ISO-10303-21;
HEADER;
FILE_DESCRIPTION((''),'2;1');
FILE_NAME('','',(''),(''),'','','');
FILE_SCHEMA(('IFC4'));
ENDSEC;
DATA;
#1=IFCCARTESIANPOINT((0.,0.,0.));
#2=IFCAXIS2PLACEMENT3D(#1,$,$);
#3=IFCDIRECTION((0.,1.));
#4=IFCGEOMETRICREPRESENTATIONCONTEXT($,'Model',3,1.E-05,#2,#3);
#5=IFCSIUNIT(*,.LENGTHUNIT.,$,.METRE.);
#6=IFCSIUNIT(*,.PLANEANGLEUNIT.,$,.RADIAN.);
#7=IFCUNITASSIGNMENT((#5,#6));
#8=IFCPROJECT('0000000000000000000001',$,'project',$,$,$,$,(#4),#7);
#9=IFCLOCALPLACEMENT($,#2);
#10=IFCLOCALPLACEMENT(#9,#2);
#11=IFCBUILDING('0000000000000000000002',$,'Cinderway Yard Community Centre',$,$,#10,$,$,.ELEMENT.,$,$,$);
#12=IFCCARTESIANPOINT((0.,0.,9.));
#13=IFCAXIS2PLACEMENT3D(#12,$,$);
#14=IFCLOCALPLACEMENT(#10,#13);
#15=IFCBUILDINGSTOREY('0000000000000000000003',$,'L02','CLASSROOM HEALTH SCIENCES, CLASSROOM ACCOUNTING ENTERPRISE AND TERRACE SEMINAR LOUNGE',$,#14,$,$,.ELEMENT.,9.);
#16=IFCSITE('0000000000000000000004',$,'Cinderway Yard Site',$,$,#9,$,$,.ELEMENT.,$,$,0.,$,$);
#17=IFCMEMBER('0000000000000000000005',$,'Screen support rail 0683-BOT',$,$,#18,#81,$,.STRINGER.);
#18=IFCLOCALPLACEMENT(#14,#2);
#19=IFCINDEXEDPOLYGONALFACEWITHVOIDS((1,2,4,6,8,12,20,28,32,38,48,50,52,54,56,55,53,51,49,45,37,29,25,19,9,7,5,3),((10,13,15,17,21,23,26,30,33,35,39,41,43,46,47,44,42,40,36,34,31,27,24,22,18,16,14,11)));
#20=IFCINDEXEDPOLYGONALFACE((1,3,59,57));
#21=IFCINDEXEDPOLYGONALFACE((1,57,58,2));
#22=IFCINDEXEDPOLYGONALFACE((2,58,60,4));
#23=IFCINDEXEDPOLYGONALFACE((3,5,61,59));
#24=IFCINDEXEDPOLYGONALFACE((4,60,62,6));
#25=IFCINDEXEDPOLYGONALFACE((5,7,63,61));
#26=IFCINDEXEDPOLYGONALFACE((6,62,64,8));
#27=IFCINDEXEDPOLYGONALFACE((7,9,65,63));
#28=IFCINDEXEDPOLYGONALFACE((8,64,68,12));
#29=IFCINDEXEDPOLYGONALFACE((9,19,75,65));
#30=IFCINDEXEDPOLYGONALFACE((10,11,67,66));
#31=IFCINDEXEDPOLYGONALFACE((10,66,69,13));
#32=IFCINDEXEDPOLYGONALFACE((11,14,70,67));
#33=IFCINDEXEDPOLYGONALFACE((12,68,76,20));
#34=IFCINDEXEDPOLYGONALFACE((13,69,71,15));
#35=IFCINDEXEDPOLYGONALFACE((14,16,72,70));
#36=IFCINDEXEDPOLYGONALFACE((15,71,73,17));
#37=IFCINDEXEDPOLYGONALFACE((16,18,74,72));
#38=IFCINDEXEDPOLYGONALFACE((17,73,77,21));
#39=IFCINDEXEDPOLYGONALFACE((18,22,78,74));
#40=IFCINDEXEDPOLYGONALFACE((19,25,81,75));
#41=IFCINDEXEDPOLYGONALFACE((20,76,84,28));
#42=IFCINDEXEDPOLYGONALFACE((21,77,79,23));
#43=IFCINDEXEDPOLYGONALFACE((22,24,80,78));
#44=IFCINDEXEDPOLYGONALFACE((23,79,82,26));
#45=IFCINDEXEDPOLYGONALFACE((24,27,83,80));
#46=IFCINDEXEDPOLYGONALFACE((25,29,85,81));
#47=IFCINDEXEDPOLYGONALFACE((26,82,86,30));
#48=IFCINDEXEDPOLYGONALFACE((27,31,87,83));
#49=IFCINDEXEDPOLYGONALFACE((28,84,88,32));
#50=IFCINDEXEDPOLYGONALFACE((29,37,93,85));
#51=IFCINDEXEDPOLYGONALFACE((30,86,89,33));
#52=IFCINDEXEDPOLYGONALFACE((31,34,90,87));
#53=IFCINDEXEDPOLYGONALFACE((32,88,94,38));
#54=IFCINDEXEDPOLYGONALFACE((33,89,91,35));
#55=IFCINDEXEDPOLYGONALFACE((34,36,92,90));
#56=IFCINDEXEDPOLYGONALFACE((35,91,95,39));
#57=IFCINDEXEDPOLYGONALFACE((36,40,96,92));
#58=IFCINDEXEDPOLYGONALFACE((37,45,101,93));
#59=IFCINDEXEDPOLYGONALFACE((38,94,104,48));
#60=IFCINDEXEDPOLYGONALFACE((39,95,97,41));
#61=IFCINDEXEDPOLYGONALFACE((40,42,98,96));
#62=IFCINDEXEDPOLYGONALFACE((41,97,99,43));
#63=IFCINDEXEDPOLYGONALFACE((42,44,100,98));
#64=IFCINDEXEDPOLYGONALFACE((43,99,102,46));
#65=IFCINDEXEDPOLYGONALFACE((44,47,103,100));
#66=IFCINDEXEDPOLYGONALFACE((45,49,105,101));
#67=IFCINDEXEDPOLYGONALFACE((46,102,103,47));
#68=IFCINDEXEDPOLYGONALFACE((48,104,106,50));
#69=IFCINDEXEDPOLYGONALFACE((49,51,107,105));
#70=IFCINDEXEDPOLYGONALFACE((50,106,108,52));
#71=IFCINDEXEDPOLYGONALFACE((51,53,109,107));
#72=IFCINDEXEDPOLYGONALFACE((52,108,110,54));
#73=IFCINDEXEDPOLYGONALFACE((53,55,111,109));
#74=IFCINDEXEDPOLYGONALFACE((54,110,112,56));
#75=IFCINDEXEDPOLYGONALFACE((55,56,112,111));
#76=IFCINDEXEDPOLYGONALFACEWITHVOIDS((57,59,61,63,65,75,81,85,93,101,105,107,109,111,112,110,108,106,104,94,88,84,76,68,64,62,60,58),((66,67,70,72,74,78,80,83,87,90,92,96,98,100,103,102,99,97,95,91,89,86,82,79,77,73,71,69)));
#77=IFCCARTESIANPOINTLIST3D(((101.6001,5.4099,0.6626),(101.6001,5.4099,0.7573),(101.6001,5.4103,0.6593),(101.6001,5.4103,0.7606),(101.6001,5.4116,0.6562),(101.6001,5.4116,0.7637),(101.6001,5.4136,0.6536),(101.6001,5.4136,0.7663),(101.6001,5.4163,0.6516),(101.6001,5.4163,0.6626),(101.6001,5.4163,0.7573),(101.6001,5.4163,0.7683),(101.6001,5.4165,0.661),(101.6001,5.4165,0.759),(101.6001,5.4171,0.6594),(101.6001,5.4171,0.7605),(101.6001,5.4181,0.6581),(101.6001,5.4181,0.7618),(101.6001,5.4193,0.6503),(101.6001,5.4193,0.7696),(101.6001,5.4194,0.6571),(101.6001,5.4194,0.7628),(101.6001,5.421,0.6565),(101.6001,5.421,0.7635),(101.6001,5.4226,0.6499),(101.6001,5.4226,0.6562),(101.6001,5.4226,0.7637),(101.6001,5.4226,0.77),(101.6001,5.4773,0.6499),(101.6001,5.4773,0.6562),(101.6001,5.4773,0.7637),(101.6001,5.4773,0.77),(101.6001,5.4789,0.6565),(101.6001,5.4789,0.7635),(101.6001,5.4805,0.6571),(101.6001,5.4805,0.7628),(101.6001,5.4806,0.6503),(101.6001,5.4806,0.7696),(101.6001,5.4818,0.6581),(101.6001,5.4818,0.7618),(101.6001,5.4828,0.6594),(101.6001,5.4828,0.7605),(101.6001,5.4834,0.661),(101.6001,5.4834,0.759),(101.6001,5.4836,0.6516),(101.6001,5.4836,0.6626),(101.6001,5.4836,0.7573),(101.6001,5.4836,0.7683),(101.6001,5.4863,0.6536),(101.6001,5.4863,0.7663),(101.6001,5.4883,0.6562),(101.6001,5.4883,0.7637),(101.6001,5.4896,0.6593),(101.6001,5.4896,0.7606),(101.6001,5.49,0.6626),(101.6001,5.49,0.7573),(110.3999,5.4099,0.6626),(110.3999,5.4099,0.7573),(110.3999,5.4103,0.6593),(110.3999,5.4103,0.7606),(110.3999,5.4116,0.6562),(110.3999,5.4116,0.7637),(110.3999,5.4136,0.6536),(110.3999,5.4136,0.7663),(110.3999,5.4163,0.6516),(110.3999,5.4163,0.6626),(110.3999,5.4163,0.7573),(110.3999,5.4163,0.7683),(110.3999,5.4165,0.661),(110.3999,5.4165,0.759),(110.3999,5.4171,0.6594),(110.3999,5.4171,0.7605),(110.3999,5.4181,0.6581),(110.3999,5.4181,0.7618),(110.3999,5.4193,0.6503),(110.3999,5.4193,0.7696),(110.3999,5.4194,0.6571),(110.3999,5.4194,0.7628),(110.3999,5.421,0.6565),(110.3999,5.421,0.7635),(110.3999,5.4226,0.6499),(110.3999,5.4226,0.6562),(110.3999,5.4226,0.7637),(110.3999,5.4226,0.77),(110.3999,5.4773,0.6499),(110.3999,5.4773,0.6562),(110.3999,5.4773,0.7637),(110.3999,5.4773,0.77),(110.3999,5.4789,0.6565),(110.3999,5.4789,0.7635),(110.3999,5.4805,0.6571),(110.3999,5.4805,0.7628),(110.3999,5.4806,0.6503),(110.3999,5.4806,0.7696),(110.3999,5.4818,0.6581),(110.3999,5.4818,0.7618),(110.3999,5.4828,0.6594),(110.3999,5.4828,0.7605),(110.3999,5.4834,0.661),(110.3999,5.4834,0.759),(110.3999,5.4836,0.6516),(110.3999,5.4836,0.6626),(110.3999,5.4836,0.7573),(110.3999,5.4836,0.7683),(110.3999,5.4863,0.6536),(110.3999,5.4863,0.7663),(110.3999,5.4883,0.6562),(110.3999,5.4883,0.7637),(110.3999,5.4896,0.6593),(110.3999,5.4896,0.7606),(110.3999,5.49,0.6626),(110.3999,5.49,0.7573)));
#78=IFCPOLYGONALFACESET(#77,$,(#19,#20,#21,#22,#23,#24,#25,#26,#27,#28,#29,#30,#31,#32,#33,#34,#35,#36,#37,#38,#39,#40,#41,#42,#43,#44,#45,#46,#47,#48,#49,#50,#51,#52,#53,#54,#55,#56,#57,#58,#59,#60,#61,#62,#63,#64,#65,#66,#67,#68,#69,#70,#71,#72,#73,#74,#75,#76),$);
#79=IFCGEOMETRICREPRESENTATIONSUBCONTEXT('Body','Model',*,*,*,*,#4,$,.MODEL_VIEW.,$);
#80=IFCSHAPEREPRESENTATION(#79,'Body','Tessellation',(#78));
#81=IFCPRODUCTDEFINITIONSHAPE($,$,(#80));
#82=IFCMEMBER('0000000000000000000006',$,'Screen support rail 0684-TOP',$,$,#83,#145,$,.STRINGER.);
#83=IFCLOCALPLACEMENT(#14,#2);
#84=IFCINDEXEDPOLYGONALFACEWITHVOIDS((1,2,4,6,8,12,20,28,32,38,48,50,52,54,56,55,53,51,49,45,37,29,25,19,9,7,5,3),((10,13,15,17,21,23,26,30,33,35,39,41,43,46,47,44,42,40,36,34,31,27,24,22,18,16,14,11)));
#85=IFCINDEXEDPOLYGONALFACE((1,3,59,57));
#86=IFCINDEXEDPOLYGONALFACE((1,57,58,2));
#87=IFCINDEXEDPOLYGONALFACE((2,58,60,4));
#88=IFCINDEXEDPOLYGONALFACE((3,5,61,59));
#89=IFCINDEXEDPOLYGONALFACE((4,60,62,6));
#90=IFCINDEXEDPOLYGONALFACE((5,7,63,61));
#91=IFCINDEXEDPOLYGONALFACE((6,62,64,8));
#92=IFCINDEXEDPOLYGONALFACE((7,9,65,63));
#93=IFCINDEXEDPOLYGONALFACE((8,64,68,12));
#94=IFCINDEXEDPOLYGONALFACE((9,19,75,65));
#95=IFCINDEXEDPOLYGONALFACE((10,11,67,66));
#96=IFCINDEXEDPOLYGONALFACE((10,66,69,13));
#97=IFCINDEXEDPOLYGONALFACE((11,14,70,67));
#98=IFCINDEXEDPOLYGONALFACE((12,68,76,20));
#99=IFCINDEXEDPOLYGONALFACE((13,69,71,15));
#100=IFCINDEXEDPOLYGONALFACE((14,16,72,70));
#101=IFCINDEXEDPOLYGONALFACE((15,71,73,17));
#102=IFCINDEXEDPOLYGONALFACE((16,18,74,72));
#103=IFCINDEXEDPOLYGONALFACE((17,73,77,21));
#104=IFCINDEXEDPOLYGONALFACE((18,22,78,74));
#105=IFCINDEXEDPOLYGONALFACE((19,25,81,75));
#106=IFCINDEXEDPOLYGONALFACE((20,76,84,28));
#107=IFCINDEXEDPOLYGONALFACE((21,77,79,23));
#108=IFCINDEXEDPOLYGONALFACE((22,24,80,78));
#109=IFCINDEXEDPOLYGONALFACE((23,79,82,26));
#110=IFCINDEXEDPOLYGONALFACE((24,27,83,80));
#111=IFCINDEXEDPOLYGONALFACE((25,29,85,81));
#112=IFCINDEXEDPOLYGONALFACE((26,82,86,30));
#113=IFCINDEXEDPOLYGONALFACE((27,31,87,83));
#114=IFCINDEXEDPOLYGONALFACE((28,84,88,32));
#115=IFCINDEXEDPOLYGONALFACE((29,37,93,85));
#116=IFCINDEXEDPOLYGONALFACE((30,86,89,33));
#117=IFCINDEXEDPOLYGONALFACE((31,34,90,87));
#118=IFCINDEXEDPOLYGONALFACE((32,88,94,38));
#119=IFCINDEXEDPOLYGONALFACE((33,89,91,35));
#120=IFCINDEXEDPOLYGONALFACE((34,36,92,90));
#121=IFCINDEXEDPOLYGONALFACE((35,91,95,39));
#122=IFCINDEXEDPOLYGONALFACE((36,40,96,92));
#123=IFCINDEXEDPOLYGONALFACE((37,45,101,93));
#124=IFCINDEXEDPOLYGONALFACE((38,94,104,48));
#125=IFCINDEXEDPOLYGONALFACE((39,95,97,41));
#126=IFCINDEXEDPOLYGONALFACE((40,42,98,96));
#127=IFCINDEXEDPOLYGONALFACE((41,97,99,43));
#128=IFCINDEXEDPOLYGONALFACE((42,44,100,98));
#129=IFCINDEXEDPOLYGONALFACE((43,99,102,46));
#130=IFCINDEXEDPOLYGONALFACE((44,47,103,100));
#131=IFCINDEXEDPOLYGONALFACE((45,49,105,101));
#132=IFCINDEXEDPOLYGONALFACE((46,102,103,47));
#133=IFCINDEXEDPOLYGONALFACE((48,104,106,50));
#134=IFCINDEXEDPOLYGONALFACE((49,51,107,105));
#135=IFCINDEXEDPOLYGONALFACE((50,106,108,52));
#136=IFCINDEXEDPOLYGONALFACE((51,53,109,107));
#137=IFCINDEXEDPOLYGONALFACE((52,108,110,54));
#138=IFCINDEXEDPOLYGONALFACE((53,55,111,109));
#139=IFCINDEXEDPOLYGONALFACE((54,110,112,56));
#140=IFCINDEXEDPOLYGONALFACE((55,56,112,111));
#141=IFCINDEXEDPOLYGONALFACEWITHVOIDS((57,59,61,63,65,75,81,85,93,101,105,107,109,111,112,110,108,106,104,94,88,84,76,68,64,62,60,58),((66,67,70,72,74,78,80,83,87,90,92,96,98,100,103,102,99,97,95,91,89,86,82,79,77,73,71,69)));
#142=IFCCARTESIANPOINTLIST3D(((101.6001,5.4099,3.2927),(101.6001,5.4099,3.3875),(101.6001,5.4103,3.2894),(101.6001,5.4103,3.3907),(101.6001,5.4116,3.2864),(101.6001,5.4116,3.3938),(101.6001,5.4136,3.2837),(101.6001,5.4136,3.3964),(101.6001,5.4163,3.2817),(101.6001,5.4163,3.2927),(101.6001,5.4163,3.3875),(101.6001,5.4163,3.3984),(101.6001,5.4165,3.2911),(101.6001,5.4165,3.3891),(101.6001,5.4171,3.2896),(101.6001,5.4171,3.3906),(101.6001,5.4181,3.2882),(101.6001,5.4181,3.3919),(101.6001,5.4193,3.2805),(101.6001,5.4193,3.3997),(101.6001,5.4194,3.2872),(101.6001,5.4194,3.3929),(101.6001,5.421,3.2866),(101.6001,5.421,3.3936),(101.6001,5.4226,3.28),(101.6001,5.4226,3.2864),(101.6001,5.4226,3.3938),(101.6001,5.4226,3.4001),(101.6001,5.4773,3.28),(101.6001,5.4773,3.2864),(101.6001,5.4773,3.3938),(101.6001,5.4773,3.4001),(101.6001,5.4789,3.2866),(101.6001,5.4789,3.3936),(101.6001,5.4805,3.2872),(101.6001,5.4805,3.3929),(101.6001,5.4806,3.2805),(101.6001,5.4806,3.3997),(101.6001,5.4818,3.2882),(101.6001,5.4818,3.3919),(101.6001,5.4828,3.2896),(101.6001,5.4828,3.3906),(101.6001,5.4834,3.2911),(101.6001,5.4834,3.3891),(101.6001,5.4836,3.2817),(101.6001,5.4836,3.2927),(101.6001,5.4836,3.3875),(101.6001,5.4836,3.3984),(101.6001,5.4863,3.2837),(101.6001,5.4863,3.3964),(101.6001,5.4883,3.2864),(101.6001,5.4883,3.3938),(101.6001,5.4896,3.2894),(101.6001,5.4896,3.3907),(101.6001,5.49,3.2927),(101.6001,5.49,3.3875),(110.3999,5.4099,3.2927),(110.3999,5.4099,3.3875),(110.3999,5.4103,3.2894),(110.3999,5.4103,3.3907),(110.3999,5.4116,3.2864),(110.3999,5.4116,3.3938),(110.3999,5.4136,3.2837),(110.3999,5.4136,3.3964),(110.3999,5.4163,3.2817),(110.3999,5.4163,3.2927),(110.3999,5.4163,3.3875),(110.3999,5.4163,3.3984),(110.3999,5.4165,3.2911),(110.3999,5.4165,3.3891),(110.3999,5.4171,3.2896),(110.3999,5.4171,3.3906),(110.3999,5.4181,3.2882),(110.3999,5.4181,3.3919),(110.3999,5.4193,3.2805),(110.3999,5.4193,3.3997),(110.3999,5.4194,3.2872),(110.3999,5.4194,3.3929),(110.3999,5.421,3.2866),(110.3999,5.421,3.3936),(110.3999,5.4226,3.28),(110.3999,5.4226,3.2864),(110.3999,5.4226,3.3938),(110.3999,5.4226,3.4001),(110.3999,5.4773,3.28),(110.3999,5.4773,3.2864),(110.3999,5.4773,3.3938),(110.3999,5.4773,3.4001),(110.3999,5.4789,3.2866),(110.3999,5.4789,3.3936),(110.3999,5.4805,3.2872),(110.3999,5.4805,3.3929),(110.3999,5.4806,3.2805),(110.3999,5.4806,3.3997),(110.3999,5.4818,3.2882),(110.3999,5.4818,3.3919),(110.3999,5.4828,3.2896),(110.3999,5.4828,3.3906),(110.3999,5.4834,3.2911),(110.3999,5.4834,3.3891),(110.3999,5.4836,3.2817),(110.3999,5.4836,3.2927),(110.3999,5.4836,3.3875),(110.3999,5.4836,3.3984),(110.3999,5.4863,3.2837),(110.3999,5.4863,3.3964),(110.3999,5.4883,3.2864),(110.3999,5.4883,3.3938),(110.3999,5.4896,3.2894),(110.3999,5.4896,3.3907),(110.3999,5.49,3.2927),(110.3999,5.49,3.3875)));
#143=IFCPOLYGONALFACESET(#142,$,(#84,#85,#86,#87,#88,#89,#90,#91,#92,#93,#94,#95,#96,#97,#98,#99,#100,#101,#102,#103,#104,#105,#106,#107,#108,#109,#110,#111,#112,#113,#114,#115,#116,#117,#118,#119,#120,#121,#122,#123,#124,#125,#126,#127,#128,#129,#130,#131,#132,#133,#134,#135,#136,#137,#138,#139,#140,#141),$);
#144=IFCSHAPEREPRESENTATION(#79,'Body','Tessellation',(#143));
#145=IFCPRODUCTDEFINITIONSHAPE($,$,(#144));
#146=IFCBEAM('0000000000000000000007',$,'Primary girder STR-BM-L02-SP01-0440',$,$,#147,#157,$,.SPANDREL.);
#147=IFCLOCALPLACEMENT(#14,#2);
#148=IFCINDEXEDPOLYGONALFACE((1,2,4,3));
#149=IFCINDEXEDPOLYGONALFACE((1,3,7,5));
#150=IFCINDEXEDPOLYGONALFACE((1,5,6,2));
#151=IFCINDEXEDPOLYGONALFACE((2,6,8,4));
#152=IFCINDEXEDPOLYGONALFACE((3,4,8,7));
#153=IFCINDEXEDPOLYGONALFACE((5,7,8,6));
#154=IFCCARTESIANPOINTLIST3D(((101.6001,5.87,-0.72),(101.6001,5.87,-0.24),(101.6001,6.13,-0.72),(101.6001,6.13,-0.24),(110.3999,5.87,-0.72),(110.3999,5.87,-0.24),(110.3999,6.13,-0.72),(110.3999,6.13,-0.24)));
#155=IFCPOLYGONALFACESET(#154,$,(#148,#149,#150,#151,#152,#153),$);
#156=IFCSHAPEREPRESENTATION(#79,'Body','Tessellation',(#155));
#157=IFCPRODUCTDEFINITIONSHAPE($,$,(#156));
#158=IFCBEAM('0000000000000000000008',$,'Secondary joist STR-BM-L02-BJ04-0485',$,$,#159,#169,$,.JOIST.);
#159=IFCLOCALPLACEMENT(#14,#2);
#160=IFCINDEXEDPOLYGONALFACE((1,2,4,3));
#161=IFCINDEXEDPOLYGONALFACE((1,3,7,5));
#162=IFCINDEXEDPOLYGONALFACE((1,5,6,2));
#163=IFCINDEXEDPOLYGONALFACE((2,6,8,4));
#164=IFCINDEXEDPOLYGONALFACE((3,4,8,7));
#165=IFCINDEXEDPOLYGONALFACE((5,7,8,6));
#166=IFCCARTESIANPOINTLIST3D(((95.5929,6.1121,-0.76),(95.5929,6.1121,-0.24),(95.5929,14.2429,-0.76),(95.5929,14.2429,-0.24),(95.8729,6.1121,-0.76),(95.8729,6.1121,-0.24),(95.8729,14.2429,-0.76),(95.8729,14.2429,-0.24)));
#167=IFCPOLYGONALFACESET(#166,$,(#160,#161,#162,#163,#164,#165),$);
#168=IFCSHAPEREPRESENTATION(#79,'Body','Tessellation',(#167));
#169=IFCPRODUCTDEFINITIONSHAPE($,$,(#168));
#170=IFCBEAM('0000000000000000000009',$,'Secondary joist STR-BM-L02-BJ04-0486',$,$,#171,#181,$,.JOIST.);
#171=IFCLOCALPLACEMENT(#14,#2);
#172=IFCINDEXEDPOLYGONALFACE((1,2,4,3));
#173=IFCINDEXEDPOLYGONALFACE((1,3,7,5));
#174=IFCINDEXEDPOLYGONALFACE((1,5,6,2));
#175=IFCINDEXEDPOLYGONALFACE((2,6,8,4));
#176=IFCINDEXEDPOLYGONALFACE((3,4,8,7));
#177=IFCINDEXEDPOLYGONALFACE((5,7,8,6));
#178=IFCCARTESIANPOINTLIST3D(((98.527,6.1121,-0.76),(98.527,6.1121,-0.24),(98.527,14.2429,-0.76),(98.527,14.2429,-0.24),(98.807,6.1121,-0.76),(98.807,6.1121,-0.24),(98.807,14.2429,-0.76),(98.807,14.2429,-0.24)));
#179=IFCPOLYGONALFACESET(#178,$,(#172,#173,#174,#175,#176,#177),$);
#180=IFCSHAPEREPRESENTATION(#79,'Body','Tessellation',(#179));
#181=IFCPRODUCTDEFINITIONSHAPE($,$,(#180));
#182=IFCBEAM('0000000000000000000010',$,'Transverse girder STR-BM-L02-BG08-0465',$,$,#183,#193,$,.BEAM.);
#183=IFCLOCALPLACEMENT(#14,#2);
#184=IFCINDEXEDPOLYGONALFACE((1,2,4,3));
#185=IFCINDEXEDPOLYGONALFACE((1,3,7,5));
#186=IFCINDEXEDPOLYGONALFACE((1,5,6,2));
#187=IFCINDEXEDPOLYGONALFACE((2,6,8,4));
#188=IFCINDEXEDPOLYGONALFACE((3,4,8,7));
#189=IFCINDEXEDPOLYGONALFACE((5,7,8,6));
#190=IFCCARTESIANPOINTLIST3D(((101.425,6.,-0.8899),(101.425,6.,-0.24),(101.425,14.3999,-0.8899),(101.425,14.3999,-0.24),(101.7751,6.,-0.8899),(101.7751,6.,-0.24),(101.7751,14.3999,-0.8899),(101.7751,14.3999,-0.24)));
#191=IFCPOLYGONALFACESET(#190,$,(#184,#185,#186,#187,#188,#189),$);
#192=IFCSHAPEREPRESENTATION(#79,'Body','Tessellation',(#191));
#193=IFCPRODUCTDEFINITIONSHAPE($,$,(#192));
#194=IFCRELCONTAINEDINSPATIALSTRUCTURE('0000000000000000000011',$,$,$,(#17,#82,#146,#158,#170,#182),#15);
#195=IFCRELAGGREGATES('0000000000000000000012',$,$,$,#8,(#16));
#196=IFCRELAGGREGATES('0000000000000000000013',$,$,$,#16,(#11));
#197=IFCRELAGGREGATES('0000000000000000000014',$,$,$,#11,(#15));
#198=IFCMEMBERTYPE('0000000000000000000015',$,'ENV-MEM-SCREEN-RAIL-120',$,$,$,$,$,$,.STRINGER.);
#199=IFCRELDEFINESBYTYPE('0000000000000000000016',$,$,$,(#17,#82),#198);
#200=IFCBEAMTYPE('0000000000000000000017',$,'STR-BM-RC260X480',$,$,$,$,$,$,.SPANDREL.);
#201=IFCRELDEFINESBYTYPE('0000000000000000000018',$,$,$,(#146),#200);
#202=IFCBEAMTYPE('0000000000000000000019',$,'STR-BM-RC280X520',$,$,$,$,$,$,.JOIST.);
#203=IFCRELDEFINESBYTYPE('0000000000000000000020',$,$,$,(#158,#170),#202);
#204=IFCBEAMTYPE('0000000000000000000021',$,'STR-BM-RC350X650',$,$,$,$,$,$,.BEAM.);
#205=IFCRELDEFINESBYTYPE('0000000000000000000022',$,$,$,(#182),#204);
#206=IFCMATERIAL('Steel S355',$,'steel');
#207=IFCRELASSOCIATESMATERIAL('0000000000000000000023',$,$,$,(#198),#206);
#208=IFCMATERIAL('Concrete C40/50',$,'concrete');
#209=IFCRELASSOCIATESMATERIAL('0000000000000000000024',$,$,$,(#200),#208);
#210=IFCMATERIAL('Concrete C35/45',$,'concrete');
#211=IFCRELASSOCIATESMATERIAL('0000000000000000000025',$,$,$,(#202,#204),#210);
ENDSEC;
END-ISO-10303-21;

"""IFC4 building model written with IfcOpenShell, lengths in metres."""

from ifc_helpers import new_model, si_unit, direction, frame, origin, origin_2d, place, context, subcontext, project, spatial, rectangle, hollow_rectangle, extrude, material, material_profile, profile_set, type_object, element, save


model = new_model("IFC4")

# Units and contexts
model_context = context("Model", 3, precision=1e-05, world=origin(), true_north=direction((0.0, 1.0)))
body_context = subcontext(model_context, "Body", "Model", "MODEL_VIEW")
ifc_project = project(units=[si_unit("LENGTHUNIT", "METRE"), si_unit("PLANEANGLEUNIT", "RADIAN")], contexts=[model_context])

# Site, building, storey
site_placement = place(None, origin())
site = spatial("IfcSite", under=ifc_project, at=site_placement, Name="Cinderway Yard Site", CompositionType="ELEMENT", RefElevation=0.0)
building_placement = place(site_placement, origin())
building = spatial("IfcBuilding", under=site, at=building_placement, Name="Cinderway Yard Community Centre", CompositionType="ELEMENT")
storey_placement = place(building_placement, frame((0.0, 0.0, 9.0)))
storey = spatial("IfcBuildingStorey", under=building, at=storey_placement, Name="L02", Description="CLASSROOM HEALTH SCIENCES, CLASSROOM ACCOUNTING ENTERPRISE AND TERRACE SEMINAR LOUNGE", CompositionType="ELEMENT", Elevation=9.0)

# Shared definitions
ifc_material_1 = material(Name="Concrete C40/50", Category="concrete")

# Members
ifc_material_2 = material(Name="Steel S355", Category="steel")
ifc_material_profile_1 = material_profile(ifc_material_2, hollow_rectangle(XDim=0.0801, YDim=0.1201, WallThickness=0.0063, InnerFilletRadius=0.0063, OuterFilletRadius=0.0127, at=origin_2d()), Name="Steel S355")
ifc_profile_set_1 = profile_set([ifc_material_profile_1], Name="Steel S355")
member_type = type_object("IfcMemberType", Name="ENV-MEM-SCREEN-RAIL-120", PredefinedType="STRINGER", material=ifc_profile_set_1)
for number, where, z_axis, x_axis, name in (
    (1, (101.6001, 5.45, 0.71), (1.0, 0.0, 0.0), (0.0, 1.0, 0.0), "Screen support rail 0683-BOT"),
    (2, (101.6001, 5.45, 3.3401), (1.0, 0.0, 0.0), (0.0, 1.0, 0.0), "Screen support rail 0684-TOP"),
):
    element("IfcMember", number, at=place(storey_placement, frame(where, z_axis=z_axis, x_axis=x_axis)), inside=storey, type_object=member_type, Name=name, PredefinedType="STRINGER", context=body_context, shape_type="SweptSolid", body=[
        extrude(hollow_rectangle(XDim=0.0801, YDim=0.1201, WallThickness=0.0063, InnerFilletRadius=0.0063, OuterFilletRadius=0.0127, at=origin_2d()), origin(), (0.0, 0.0, 1.0), 8.7998),
    ])

# Beams
ifc_material_profile_2 = material_profile(ifc_material_1, rectangle(XDim=0.26, YDim=0.48, at=origin_2d()), Name="Concrete C40/50")
ifc_profile_set_2 = profile_set([ifc_material_profile_2], Name="Concrete C40/50")
beam_type_1 = type_object("IfcBeamType", Name="STR-BM-RC260X480", PredefinedType="SPANDREL", material=ifc_profile_set_2)
beam_1_placement = place(storey_placement, frame((101.6001, 6.0, -0.48), z_axis=(1.0, 0.0, 0.0), x_axis=(0.0, 1.0, 0.0)))
element("IfcBeam", 3, at=beam_1_placement, inside=storey, type_object=beam_type_1, Name="Primary girder STR-BM-L02-SP01-0440", PredefinedType="SPANDREL", context=body_context, shape_type="SweptSolid", body=[
    extrude(rectangle(XDim=0.26, YDim=0.48, at=origin_2d()), origin(), (0.0, 0.0, 1.0), 8.7998),
])
ifc_material_3 = material(Name="Concrete C35/45", Category="concrete")
ifc_material_profile_3 = material_profile(ifc_material_3, rectangle(XDim=0.28, YDim=0.52, at=origin_2d()), Name="Concrete C35/45")
ifc_profile_set_3 = profile_set([ifc_material_profile_3], Name="Concrete C35/45")
beam_type_2 = type_object("IfcBeamType", Name="STR-BM-RC280X520", PredefinedType="JOIST", material=ifc_profile_set_3)
for number, where, z_axis, x_axis, name in (
    (4, (95.7329, 6.1121, -0.5), (0.0, 1.0, 0.0), (-1.0, 0.0, 0.0), "Secondary joist STR-BM-L02-BJ04-0485"),
    (5, (98.667, 6.1121, -0.5), (0.0, 1.0, 0.0), (-1.0, 0.0, 0.0), "Secondary joist STR-BM-L02-BJ04-0486"),
):
    element("IfcBeam", number, at=place(storey_placement, frame(where, z_axis=z_axis, x_axis=x_axis)), inside=storey, type_object=beam_type_2, Name=name, PredefinedType="JOIST", context=body_context, shape_type="SweptSolid", body=[
        extrude(rectangle(XDim=0.28, YDim=0.52, at=origin_2d()), origin(), (0.0, 0.0, 1.0), 8.1309),
    ])
ifc_material_profile_4 = material_profile(ifc_material_3, rectangle(XDim=0.3501, YDim=0.6499, at=origin_2d()), Name="Concrete C35/45")
ifc_profile_set_4 = profile_set([ifc_material_profile_4], Name="Concrete C35/45")
beam_type_3 = type_object("IfcBeamType", Name="STR-BM-RC350X650", PredefinedType="BEAM", material=ifc_profile_set_4)
beam_2_placement = place(storey_placement, frame((101.6001, 6.0, -0.5649), z_axis=(0.0, 1.0, 0.0), x_axis=(-1.0, 0.0, 0.0)))
element("IfcBeam", 6, at=beam_2_placement, inside=storey, type_object=beam_type_3, Name="Transverse girder STR-BM-L02-BG08-0465", PredefinedType="BEAM", context=body_context, shape_type="SweptSolid", body=[
    extrude(rectangle(XDim=0.3501, YDim=0.6499, at=origin_2d()), origin(), (0.0, 0.0, 1.0), 8.3999),
])

save(model, "model.ifc")
